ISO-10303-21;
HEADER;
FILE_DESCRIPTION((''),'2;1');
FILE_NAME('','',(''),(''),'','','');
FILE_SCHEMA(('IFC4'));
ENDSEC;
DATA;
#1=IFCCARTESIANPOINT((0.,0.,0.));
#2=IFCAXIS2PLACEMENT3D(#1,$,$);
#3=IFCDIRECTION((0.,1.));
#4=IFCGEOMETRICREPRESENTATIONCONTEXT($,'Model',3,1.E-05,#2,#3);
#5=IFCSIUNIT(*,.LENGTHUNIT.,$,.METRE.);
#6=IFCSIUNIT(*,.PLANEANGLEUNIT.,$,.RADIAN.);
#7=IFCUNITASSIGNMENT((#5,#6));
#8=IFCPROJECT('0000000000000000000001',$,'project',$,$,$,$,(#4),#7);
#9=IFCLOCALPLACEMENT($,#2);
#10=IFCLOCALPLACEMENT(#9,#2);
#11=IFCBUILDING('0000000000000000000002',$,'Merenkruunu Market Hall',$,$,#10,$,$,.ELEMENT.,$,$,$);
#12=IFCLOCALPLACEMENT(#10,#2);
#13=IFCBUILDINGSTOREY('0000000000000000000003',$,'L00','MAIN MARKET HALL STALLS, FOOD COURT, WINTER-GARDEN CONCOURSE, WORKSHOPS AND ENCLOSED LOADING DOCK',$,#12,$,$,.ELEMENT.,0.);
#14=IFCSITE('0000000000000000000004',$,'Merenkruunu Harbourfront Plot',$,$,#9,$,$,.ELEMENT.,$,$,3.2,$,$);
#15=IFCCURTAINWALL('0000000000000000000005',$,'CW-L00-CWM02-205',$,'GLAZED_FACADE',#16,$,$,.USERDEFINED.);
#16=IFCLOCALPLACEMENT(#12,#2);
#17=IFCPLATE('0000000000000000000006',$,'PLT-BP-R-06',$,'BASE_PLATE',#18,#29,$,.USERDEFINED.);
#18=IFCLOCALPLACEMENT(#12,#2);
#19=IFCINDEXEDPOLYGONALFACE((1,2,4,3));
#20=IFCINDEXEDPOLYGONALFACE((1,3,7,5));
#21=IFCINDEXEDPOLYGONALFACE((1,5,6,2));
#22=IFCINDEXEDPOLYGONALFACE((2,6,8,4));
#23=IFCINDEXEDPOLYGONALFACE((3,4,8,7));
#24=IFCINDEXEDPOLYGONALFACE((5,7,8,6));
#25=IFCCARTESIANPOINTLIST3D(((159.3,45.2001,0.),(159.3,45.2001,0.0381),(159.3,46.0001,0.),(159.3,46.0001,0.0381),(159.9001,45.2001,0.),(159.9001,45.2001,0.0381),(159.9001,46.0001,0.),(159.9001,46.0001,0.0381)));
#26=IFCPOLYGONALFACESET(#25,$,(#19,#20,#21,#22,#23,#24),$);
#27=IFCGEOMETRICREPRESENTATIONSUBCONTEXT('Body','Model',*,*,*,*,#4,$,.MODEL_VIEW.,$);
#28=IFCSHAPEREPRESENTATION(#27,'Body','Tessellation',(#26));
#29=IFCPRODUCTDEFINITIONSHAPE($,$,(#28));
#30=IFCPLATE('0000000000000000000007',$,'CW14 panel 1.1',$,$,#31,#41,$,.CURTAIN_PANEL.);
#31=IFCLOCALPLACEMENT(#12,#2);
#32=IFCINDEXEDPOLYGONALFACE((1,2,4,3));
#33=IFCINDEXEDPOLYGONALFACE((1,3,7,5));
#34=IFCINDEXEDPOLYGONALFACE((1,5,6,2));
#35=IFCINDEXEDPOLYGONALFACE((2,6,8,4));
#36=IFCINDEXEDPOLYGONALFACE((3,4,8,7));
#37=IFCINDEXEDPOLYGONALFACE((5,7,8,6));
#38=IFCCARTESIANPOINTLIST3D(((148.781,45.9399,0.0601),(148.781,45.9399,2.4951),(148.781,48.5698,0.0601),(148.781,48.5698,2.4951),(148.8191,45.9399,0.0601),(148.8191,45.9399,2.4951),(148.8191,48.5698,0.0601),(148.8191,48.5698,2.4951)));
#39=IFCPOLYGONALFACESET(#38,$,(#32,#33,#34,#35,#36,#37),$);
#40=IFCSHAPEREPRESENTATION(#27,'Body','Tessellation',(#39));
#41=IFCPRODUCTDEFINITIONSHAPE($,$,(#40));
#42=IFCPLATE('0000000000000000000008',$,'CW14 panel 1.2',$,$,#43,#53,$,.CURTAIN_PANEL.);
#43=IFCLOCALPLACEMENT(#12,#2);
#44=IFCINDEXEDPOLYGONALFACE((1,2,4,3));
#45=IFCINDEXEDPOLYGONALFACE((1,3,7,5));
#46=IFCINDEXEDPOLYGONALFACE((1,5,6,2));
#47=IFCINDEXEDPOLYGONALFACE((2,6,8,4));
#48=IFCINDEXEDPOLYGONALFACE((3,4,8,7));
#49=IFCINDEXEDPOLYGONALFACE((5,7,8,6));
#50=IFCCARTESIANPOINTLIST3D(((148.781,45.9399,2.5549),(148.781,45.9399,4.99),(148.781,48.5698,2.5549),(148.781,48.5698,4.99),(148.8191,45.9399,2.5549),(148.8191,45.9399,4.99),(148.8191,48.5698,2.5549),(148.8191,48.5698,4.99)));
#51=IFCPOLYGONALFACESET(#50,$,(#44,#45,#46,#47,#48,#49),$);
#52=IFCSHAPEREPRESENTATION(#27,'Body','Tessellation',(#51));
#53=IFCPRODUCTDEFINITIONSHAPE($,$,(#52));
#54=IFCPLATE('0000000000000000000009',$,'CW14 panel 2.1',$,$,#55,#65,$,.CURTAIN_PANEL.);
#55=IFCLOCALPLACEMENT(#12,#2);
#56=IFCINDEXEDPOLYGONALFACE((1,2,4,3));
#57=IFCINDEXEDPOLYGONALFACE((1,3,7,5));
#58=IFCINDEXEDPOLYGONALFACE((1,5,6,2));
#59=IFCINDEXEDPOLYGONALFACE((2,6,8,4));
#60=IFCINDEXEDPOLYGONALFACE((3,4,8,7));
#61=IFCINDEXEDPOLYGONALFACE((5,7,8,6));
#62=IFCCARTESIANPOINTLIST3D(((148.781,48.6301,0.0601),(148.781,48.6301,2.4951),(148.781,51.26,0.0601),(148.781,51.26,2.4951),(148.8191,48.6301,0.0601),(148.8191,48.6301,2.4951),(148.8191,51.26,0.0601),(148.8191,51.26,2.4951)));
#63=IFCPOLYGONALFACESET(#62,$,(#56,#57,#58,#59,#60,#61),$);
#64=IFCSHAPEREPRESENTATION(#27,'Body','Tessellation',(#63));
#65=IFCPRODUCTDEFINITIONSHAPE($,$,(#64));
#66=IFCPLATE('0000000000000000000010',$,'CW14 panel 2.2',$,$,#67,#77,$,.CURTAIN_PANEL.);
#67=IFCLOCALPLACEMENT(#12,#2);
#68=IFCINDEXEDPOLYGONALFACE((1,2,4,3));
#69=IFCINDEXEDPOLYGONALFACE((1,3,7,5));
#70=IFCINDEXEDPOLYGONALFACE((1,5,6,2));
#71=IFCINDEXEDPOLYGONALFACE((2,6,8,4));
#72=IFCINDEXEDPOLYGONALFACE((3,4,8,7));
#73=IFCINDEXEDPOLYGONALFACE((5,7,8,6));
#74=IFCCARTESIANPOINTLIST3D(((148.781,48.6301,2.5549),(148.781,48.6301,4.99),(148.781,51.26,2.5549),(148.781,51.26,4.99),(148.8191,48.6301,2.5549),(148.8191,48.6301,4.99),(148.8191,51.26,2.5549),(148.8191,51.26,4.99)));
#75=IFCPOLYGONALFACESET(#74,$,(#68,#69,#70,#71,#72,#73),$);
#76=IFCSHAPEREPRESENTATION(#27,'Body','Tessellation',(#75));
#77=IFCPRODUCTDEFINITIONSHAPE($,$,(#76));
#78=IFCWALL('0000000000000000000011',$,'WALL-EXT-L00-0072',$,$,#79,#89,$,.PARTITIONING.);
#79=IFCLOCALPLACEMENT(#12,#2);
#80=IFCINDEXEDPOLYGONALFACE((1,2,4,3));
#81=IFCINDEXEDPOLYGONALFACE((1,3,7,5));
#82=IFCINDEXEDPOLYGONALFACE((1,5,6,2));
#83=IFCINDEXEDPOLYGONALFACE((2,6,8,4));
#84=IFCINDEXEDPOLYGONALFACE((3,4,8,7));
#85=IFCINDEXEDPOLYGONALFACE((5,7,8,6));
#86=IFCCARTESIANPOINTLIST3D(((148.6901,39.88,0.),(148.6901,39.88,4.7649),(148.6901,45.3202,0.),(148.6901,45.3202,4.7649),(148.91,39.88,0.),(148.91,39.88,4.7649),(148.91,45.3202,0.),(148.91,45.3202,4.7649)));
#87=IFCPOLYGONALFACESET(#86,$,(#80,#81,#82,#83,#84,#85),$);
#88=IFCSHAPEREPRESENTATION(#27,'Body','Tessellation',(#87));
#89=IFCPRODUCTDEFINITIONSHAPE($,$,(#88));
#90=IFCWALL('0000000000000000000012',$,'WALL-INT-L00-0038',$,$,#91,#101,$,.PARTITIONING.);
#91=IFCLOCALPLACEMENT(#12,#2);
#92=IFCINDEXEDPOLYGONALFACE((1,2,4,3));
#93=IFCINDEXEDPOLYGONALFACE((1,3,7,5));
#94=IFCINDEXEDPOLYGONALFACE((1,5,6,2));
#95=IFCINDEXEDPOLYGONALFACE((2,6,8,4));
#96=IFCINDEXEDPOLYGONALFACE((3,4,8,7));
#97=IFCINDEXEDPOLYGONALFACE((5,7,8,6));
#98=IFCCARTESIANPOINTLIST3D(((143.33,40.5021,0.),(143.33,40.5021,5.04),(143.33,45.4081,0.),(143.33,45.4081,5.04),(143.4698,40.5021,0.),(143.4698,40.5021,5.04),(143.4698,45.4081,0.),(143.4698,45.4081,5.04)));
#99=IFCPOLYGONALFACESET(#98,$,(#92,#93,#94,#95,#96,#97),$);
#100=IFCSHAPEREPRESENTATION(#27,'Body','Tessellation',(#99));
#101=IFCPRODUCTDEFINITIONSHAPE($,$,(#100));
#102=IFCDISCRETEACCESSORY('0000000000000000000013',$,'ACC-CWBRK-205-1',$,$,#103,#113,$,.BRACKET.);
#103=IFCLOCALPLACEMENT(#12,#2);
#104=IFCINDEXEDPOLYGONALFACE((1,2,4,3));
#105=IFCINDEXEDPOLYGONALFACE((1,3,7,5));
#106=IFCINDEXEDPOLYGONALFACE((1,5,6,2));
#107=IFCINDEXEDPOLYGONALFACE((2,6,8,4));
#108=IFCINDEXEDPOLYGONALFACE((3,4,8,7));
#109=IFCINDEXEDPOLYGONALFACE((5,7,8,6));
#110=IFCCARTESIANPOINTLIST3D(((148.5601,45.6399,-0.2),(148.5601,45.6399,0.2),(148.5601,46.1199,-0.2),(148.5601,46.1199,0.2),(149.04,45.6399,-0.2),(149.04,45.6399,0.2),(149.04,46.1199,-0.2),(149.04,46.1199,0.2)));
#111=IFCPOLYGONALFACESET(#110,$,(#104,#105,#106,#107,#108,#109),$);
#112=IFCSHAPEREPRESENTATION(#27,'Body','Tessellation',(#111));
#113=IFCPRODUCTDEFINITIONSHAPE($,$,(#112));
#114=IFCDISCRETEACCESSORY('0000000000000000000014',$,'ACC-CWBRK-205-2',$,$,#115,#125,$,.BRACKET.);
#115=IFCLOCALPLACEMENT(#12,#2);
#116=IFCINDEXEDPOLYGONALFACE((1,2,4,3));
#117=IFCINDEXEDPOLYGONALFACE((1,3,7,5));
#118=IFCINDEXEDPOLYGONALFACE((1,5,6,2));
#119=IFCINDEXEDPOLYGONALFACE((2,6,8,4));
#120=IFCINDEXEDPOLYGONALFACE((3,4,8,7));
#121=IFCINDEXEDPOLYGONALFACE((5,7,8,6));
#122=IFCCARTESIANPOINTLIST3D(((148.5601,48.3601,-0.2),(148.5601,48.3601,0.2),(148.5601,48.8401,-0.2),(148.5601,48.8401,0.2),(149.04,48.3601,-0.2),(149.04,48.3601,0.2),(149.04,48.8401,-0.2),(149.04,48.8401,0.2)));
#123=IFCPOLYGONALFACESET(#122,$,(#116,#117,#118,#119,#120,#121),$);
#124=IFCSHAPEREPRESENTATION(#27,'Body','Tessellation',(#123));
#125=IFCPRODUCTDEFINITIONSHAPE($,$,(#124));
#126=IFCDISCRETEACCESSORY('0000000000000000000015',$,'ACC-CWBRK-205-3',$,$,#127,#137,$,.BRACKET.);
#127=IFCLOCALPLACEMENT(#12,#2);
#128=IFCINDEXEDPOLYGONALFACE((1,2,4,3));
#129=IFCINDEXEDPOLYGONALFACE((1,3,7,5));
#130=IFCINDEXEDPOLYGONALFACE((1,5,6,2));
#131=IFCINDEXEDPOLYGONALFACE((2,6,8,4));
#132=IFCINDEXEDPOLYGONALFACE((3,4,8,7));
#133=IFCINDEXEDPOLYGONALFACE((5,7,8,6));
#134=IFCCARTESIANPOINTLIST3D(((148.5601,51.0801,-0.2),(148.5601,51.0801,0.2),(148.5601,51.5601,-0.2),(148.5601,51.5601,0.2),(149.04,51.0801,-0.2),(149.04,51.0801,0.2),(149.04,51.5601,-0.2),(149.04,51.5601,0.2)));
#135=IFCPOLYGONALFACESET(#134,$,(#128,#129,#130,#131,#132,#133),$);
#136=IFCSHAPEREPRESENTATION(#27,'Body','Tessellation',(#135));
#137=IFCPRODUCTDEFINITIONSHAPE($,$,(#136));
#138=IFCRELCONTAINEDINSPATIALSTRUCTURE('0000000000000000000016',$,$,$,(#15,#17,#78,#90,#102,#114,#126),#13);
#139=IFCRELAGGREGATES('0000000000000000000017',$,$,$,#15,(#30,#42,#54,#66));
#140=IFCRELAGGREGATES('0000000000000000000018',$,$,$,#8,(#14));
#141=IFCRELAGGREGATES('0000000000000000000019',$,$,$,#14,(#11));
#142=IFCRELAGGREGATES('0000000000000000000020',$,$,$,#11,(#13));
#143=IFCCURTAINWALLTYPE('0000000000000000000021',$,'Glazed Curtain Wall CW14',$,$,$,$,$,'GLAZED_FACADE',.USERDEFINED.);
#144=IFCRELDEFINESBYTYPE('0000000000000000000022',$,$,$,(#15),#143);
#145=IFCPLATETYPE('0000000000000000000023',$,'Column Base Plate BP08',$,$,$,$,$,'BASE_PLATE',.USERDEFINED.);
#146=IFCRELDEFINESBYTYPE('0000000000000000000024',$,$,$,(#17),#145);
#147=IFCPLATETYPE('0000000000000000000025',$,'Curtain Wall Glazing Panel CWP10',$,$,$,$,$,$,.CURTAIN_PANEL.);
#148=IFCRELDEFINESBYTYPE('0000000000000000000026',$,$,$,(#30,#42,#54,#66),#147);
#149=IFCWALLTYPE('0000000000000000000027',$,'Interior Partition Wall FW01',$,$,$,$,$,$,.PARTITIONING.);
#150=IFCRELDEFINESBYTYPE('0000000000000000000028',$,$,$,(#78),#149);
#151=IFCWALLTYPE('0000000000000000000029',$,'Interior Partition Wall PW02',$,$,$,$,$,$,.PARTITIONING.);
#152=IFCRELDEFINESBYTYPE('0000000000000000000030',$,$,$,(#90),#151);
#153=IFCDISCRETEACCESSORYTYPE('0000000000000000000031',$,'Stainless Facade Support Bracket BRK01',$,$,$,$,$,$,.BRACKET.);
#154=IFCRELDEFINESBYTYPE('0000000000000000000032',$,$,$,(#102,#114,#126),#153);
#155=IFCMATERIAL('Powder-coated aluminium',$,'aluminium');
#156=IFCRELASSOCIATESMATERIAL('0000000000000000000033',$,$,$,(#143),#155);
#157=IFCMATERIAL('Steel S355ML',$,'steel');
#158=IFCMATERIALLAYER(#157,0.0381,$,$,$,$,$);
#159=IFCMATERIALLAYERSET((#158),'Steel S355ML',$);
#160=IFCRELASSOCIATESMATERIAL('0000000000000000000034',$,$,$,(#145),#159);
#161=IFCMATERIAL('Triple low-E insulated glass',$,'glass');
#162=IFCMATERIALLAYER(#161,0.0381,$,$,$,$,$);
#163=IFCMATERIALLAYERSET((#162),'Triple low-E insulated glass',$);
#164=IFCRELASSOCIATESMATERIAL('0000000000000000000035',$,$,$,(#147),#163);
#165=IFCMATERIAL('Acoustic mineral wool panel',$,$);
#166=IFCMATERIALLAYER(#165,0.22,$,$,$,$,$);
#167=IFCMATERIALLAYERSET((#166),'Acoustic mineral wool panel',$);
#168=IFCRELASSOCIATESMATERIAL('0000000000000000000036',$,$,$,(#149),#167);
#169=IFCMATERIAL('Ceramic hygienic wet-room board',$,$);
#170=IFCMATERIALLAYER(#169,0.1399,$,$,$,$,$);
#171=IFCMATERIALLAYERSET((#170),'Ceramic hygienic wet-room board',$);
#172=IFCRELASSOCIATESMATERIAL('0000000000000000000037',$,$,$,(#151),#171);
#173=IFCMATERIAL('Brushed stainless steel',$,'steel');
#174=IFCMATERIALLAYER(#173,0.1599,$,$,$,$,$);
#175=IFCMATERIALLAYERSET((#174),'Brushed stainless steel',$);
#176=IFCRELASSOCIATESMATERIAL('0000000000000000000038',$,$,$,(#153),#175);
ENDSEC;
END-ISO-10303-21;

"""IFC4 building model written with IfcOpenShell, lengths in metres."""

from ifc_helpers import new_model, si_unit, direction, frame, frame_2d, origin, origin_2d, place, context, subcontext, project, spatial, rectangle, extrude, material, layer, layer_set, type_object, element, aggregate, save


model = new_model("IFC4")

# Units and contexts
model_context = context("Model", 3, precision=1e-05, world=origin(), true_north=direction((0.0, 1.0)))
body_context = subcontext(model_context, "Body", "Model", "MODEL_VIEW")
ifc_project = project(units=[si_unit("LENGTHUNIT", "METRE"), si_unit("PLANEANGLEUNIT", "RADIAN")], contexts=[model_context])

# Site, building, storey
site_placement = place(None, origin())
site = spatial("IfcSite", under=ifc_project, at=site_placement, Name="Merenkruunu Harbourfront Plot", CompositionType="ELEMENT", RefElevation=3.2)
building_placement = place(site_placement, origin())
building = spatial("IfcBuilding", under=site, at=building_placement, Name="Merenkruunu Market Hall", CompositionType="ELEMENT")
storey_placement = place(building_placement, origin())
storey = spatial("IfcBuildingStorey", under=building, at=storey_placement, Name="L00", Description="MAIN MARKET HALL STALLS, FOOD COURT, WINTER-GARDEN CONCOURSE, WORKSHOPS AND ENCLOSED LOADING DOCK", CompositionType="ELEMENT", Elevation=0.0)

# Curtain wall
ifc_material_1 = material(Name="Powder-coated aluminium", Category="aluminium")
curtain_wall_type = type_object("IfcCurtainWallType", Name="Glazed Curtain Wall CW14", ElementType="GLAZED_FACADE", PredefinedType="USERDEFINED", material=ifc_material_1)
curtain_wall_placement = place(storey_placement, origin())
curtain_wall = element("IfcCurtainWall", 1, at=curtain_wall_placement, inside=storey, type_object=curtain_wall_type, Name="CW-L00-CWM02-205", ObjectType="GLAZED_FACADE", PredefinedType="USERDEFINED")

# Plate
ifc_material_2 = material(Name="Steel S355ML", Category="steel")
ifc_layer_1 = layer(ifc_material_2, 0.0381)
ifc_layer_set_1 = layer_set([ifc_layer_1], Name="Steel S355ML")
plate_type_1 = type_object("IfcPlateType", Name="Column Base Plate BP08", ElementType="BASE_PLATE", PredefinedType="USERDEFINED", material=ifc_layer_set_1)
plate_1_placement = place(storey_placement, frame((159.6001, 45.6001, 0.0), z_axis=(0.0, 0.0, 1.0), x_axis=(1.0, 0.0, 0.0)))
element("IfcPlate", 2, at=plate_1_placement, inside=storey, type_object=plate_type_1, Name="PLT-BP-R-06", ObjectType="BASE_PLATE", PredefinedType="USERDEFINED", context=body_context, shape_type="SweptSolid", body=[
    extrude(rectangle(XDim=0.6001, YDim=0.8, at=origin_2d()), origin(), (0.0, 0.0, 1.0), 0.0381),
])

# Plates
ifc_material_3 = material(Name="Triple low-E insulated glass", Category="glass")
ifc_layer_2 = layer(ifc_material_3, 0.0381)
ifc_layer_set_2 = layer_set([ifc_layer_2], Name="Triple low-E insulated glass")
plate_type_2 = type_object("IfcPlateType", Name="Curtain Wall Glazing Panel CWP10", PredefinedType="CURTAIN_PANEL", material=ifc_layer_set_2)
plate_2_placement = place(storey_placement, frame((148.8, 47.2549, 0.0601), z_axis=(0.0, 0.0, 1.0), x_axis=(0.0, 1.0, 0.0)))
plate_2 = element("IfcPlate", 3, at=plate_2_placement, type_object=plate_type_2, Name="CW14 panel 1.1", PredefinedType="CURTAIN_PANEL", context=body_context, shape_type="SweptSolid", body=[
    extrude(rectangle(XDim=2.6299, YDim=0.0381, at=origin_2d()), origin(), (0.0, 0.0, 1.0), 2.4351),
])
plate_3_placement = place(storey_placement, frame((148.8, 47.2549, 2.5549), z_axis=(0.0, 0.0, 1.0), x_axis=(0.0, 1.0, 0.0)))
plate_3 = element("IfcPlate", 4, at=plate_3_placement, type_object=plate_type_2, Name="CW14 panel 1.2", PredefinedType="CURTAIN_PANEL", context=body_context, shape_type="SweptSolid", body=[
    extrude(rectangle(XDim=2.6299, YDim=0.0381, at=origin_2d()), origin(), (0.0, 0.0, 1.0), 2.4351),
])
plate_4_placement = place(storey_placement, frame((148.8, 49.9451, 0.0601), z_axis=(0.0, 0.0, 1.0), x_axis=(0.0, 1.0, 0.0)))
plate_4 = element("IfcPlate", 5, at=plate_4_placement, type_object=plate_type_2, Name="CW14 panel 2.1", PredefinedType="CURTAIN_PANEL", context=body_context, shape_type="SweptSolid", body=[
    extrude(rectangle(XDim=2.6299, YDim=0.0381, at=origin_2d()), origin(), (0.0, 0.0, 1.0), 2.4351),
])
plate_5_placement = place(storey_placement, frame((148.8, 49.9451, 2.5549), z_axis=(0.0, 0.0, 1.0), x_axis=(0.0, 1.0, 0.0)))
plate_5 = element("IfcPlate", 6, at=plate_5_placement, type_object=plate_type_2, Name="CW14 panel 2.2", PredefinedType="CURTAIN_PANEL", context=body_context, shape_type="SweptSolid", body=[
    extrude(rectangle(XDim=2.6299, YDim=0.0381, at=origin_2d()), origin(), (0.0, 0.0, 1.0), 2.4351),
])
aggregate(curtain_wall, [plate_2, plate_3, plate_4, plate_5])

# Walls
ifc_material_4 = material(Name="Acoustic mineral wool panel")
ifc_layer_3 = layer(ifc_material_4, 0.22)
ifc_layer_set_3 = layer_set([ifc_layer_3], Name="Acoustic mineral wool panel")
wall_type_1 = type_object("IfcWallType", Name="Interior Partition Wall FW01", PredefinedType="PARTITIONING", material=ifc_layer_set_3)
wall_1_placement = place(storey_placement, frame((148.8, 39.8799, 0.0), z_axis=(0.0, 0.0, 1.0), x_axis=(0.0, 1.0, 0.0)))
element("IfcWall", 7, at=wall_1_placement, inside=storey, type_object=wall_type_1, Name="WALL-EXT-L00-0072", PredefinedType="PARTITIONING", context=body_context, shape_type="SweptSolid", body=[
    extrude(rectangle(XDim=5.4402, YDim=0.22, at=frame_2d((2.7202, 0.0))), origin(), (0.0, 0.0, 1.0), 4.7649),
])
ifc_material_5 = material(Name="Ceramic hygienic wet-room board")
ifc_layer_4 = layer(ifc_material_5, 0.1399)
ifc_layer_set_4 = layer_set([ifc_layer_4], Name="Ceramic hygienic wet-room board")
wall_type_2 = type_object("IfcWallType", Name="Interior Partition Wall PW02", PredefinedType="PARTITIONING", material=ifc_layer_set_4)
wall_2_placement = place(storey_placement, frame((143.3999, 40.502, 0.0), z_axis=(0.0, 0.0, 1.0), x_axis=(0.0, 1.0, 0.0)))
element("IfcWall", 8, at=wall_2_placement, inside=storey, type_object=wall_type_2, Name="WALL-INT-L00-0038", PredefinedType="PARTITIONING", context=body_context, shape_type="SweptSolid", body=[
    extrude(rectangle(XDim=4.906, YDim=0.1399, at=frame_2d((2.4531, 0.0))), origin(), (0.0, 0.0, 1.0), 5.04),
])

# Discrete accessories
ifc_material_6 = material(Name="Brushed stainless steel", Category="steel")
ifc_layer_5 = layer(ifc_material_6, 0.1599)
ifc_layer_set_5 = layer_set([ifc_layer_5], Name="Brushed stainless steel")
discrete_accessory_type = type_object("IfcDiscreteAccessoryType", Name="Stainless Facade Support Bracket BRK01", PredefinedType="BRACKET", material=ifc_layer_set_5)
for number, where, z_axis, x_axis, name in (
    (9, (148.8, 45.8799, -0.2), (0.0, 0.0, 1.0), (1.0, 0.0, 0.0), "ACC-CWBRK-205-1"),
    (10, (148.8, 48.6001, -0.2), (0.0, 0.0, 1.0), (1.0, 0.0, 0.0), "ACC-CWBRK-205-2"),
    (11, (148.8, 51.3201, -0.2), (0.0, 0.0, 1.0), (1.0, 0.0, 0.0), "ACC-CWBRK-205-3"),
):
    element("IfcDiscreteAccessory", number, at=place(storey_placement, frame(where, z_axis=z_axis, x_axis=x_axis)), inside=storey, type_object=discrete_accessory_type, Name=name, PredefinedType="BRACKET", context=body_context, shape_type="SweptSolid", body=[
        extrude(rectangle(XDim=0.48, YDim=0.48, at=origin_2d()), origin(), (0.0, 0.0, 1.0), 0.3999),
    ])

save(model, "model.ifc")
